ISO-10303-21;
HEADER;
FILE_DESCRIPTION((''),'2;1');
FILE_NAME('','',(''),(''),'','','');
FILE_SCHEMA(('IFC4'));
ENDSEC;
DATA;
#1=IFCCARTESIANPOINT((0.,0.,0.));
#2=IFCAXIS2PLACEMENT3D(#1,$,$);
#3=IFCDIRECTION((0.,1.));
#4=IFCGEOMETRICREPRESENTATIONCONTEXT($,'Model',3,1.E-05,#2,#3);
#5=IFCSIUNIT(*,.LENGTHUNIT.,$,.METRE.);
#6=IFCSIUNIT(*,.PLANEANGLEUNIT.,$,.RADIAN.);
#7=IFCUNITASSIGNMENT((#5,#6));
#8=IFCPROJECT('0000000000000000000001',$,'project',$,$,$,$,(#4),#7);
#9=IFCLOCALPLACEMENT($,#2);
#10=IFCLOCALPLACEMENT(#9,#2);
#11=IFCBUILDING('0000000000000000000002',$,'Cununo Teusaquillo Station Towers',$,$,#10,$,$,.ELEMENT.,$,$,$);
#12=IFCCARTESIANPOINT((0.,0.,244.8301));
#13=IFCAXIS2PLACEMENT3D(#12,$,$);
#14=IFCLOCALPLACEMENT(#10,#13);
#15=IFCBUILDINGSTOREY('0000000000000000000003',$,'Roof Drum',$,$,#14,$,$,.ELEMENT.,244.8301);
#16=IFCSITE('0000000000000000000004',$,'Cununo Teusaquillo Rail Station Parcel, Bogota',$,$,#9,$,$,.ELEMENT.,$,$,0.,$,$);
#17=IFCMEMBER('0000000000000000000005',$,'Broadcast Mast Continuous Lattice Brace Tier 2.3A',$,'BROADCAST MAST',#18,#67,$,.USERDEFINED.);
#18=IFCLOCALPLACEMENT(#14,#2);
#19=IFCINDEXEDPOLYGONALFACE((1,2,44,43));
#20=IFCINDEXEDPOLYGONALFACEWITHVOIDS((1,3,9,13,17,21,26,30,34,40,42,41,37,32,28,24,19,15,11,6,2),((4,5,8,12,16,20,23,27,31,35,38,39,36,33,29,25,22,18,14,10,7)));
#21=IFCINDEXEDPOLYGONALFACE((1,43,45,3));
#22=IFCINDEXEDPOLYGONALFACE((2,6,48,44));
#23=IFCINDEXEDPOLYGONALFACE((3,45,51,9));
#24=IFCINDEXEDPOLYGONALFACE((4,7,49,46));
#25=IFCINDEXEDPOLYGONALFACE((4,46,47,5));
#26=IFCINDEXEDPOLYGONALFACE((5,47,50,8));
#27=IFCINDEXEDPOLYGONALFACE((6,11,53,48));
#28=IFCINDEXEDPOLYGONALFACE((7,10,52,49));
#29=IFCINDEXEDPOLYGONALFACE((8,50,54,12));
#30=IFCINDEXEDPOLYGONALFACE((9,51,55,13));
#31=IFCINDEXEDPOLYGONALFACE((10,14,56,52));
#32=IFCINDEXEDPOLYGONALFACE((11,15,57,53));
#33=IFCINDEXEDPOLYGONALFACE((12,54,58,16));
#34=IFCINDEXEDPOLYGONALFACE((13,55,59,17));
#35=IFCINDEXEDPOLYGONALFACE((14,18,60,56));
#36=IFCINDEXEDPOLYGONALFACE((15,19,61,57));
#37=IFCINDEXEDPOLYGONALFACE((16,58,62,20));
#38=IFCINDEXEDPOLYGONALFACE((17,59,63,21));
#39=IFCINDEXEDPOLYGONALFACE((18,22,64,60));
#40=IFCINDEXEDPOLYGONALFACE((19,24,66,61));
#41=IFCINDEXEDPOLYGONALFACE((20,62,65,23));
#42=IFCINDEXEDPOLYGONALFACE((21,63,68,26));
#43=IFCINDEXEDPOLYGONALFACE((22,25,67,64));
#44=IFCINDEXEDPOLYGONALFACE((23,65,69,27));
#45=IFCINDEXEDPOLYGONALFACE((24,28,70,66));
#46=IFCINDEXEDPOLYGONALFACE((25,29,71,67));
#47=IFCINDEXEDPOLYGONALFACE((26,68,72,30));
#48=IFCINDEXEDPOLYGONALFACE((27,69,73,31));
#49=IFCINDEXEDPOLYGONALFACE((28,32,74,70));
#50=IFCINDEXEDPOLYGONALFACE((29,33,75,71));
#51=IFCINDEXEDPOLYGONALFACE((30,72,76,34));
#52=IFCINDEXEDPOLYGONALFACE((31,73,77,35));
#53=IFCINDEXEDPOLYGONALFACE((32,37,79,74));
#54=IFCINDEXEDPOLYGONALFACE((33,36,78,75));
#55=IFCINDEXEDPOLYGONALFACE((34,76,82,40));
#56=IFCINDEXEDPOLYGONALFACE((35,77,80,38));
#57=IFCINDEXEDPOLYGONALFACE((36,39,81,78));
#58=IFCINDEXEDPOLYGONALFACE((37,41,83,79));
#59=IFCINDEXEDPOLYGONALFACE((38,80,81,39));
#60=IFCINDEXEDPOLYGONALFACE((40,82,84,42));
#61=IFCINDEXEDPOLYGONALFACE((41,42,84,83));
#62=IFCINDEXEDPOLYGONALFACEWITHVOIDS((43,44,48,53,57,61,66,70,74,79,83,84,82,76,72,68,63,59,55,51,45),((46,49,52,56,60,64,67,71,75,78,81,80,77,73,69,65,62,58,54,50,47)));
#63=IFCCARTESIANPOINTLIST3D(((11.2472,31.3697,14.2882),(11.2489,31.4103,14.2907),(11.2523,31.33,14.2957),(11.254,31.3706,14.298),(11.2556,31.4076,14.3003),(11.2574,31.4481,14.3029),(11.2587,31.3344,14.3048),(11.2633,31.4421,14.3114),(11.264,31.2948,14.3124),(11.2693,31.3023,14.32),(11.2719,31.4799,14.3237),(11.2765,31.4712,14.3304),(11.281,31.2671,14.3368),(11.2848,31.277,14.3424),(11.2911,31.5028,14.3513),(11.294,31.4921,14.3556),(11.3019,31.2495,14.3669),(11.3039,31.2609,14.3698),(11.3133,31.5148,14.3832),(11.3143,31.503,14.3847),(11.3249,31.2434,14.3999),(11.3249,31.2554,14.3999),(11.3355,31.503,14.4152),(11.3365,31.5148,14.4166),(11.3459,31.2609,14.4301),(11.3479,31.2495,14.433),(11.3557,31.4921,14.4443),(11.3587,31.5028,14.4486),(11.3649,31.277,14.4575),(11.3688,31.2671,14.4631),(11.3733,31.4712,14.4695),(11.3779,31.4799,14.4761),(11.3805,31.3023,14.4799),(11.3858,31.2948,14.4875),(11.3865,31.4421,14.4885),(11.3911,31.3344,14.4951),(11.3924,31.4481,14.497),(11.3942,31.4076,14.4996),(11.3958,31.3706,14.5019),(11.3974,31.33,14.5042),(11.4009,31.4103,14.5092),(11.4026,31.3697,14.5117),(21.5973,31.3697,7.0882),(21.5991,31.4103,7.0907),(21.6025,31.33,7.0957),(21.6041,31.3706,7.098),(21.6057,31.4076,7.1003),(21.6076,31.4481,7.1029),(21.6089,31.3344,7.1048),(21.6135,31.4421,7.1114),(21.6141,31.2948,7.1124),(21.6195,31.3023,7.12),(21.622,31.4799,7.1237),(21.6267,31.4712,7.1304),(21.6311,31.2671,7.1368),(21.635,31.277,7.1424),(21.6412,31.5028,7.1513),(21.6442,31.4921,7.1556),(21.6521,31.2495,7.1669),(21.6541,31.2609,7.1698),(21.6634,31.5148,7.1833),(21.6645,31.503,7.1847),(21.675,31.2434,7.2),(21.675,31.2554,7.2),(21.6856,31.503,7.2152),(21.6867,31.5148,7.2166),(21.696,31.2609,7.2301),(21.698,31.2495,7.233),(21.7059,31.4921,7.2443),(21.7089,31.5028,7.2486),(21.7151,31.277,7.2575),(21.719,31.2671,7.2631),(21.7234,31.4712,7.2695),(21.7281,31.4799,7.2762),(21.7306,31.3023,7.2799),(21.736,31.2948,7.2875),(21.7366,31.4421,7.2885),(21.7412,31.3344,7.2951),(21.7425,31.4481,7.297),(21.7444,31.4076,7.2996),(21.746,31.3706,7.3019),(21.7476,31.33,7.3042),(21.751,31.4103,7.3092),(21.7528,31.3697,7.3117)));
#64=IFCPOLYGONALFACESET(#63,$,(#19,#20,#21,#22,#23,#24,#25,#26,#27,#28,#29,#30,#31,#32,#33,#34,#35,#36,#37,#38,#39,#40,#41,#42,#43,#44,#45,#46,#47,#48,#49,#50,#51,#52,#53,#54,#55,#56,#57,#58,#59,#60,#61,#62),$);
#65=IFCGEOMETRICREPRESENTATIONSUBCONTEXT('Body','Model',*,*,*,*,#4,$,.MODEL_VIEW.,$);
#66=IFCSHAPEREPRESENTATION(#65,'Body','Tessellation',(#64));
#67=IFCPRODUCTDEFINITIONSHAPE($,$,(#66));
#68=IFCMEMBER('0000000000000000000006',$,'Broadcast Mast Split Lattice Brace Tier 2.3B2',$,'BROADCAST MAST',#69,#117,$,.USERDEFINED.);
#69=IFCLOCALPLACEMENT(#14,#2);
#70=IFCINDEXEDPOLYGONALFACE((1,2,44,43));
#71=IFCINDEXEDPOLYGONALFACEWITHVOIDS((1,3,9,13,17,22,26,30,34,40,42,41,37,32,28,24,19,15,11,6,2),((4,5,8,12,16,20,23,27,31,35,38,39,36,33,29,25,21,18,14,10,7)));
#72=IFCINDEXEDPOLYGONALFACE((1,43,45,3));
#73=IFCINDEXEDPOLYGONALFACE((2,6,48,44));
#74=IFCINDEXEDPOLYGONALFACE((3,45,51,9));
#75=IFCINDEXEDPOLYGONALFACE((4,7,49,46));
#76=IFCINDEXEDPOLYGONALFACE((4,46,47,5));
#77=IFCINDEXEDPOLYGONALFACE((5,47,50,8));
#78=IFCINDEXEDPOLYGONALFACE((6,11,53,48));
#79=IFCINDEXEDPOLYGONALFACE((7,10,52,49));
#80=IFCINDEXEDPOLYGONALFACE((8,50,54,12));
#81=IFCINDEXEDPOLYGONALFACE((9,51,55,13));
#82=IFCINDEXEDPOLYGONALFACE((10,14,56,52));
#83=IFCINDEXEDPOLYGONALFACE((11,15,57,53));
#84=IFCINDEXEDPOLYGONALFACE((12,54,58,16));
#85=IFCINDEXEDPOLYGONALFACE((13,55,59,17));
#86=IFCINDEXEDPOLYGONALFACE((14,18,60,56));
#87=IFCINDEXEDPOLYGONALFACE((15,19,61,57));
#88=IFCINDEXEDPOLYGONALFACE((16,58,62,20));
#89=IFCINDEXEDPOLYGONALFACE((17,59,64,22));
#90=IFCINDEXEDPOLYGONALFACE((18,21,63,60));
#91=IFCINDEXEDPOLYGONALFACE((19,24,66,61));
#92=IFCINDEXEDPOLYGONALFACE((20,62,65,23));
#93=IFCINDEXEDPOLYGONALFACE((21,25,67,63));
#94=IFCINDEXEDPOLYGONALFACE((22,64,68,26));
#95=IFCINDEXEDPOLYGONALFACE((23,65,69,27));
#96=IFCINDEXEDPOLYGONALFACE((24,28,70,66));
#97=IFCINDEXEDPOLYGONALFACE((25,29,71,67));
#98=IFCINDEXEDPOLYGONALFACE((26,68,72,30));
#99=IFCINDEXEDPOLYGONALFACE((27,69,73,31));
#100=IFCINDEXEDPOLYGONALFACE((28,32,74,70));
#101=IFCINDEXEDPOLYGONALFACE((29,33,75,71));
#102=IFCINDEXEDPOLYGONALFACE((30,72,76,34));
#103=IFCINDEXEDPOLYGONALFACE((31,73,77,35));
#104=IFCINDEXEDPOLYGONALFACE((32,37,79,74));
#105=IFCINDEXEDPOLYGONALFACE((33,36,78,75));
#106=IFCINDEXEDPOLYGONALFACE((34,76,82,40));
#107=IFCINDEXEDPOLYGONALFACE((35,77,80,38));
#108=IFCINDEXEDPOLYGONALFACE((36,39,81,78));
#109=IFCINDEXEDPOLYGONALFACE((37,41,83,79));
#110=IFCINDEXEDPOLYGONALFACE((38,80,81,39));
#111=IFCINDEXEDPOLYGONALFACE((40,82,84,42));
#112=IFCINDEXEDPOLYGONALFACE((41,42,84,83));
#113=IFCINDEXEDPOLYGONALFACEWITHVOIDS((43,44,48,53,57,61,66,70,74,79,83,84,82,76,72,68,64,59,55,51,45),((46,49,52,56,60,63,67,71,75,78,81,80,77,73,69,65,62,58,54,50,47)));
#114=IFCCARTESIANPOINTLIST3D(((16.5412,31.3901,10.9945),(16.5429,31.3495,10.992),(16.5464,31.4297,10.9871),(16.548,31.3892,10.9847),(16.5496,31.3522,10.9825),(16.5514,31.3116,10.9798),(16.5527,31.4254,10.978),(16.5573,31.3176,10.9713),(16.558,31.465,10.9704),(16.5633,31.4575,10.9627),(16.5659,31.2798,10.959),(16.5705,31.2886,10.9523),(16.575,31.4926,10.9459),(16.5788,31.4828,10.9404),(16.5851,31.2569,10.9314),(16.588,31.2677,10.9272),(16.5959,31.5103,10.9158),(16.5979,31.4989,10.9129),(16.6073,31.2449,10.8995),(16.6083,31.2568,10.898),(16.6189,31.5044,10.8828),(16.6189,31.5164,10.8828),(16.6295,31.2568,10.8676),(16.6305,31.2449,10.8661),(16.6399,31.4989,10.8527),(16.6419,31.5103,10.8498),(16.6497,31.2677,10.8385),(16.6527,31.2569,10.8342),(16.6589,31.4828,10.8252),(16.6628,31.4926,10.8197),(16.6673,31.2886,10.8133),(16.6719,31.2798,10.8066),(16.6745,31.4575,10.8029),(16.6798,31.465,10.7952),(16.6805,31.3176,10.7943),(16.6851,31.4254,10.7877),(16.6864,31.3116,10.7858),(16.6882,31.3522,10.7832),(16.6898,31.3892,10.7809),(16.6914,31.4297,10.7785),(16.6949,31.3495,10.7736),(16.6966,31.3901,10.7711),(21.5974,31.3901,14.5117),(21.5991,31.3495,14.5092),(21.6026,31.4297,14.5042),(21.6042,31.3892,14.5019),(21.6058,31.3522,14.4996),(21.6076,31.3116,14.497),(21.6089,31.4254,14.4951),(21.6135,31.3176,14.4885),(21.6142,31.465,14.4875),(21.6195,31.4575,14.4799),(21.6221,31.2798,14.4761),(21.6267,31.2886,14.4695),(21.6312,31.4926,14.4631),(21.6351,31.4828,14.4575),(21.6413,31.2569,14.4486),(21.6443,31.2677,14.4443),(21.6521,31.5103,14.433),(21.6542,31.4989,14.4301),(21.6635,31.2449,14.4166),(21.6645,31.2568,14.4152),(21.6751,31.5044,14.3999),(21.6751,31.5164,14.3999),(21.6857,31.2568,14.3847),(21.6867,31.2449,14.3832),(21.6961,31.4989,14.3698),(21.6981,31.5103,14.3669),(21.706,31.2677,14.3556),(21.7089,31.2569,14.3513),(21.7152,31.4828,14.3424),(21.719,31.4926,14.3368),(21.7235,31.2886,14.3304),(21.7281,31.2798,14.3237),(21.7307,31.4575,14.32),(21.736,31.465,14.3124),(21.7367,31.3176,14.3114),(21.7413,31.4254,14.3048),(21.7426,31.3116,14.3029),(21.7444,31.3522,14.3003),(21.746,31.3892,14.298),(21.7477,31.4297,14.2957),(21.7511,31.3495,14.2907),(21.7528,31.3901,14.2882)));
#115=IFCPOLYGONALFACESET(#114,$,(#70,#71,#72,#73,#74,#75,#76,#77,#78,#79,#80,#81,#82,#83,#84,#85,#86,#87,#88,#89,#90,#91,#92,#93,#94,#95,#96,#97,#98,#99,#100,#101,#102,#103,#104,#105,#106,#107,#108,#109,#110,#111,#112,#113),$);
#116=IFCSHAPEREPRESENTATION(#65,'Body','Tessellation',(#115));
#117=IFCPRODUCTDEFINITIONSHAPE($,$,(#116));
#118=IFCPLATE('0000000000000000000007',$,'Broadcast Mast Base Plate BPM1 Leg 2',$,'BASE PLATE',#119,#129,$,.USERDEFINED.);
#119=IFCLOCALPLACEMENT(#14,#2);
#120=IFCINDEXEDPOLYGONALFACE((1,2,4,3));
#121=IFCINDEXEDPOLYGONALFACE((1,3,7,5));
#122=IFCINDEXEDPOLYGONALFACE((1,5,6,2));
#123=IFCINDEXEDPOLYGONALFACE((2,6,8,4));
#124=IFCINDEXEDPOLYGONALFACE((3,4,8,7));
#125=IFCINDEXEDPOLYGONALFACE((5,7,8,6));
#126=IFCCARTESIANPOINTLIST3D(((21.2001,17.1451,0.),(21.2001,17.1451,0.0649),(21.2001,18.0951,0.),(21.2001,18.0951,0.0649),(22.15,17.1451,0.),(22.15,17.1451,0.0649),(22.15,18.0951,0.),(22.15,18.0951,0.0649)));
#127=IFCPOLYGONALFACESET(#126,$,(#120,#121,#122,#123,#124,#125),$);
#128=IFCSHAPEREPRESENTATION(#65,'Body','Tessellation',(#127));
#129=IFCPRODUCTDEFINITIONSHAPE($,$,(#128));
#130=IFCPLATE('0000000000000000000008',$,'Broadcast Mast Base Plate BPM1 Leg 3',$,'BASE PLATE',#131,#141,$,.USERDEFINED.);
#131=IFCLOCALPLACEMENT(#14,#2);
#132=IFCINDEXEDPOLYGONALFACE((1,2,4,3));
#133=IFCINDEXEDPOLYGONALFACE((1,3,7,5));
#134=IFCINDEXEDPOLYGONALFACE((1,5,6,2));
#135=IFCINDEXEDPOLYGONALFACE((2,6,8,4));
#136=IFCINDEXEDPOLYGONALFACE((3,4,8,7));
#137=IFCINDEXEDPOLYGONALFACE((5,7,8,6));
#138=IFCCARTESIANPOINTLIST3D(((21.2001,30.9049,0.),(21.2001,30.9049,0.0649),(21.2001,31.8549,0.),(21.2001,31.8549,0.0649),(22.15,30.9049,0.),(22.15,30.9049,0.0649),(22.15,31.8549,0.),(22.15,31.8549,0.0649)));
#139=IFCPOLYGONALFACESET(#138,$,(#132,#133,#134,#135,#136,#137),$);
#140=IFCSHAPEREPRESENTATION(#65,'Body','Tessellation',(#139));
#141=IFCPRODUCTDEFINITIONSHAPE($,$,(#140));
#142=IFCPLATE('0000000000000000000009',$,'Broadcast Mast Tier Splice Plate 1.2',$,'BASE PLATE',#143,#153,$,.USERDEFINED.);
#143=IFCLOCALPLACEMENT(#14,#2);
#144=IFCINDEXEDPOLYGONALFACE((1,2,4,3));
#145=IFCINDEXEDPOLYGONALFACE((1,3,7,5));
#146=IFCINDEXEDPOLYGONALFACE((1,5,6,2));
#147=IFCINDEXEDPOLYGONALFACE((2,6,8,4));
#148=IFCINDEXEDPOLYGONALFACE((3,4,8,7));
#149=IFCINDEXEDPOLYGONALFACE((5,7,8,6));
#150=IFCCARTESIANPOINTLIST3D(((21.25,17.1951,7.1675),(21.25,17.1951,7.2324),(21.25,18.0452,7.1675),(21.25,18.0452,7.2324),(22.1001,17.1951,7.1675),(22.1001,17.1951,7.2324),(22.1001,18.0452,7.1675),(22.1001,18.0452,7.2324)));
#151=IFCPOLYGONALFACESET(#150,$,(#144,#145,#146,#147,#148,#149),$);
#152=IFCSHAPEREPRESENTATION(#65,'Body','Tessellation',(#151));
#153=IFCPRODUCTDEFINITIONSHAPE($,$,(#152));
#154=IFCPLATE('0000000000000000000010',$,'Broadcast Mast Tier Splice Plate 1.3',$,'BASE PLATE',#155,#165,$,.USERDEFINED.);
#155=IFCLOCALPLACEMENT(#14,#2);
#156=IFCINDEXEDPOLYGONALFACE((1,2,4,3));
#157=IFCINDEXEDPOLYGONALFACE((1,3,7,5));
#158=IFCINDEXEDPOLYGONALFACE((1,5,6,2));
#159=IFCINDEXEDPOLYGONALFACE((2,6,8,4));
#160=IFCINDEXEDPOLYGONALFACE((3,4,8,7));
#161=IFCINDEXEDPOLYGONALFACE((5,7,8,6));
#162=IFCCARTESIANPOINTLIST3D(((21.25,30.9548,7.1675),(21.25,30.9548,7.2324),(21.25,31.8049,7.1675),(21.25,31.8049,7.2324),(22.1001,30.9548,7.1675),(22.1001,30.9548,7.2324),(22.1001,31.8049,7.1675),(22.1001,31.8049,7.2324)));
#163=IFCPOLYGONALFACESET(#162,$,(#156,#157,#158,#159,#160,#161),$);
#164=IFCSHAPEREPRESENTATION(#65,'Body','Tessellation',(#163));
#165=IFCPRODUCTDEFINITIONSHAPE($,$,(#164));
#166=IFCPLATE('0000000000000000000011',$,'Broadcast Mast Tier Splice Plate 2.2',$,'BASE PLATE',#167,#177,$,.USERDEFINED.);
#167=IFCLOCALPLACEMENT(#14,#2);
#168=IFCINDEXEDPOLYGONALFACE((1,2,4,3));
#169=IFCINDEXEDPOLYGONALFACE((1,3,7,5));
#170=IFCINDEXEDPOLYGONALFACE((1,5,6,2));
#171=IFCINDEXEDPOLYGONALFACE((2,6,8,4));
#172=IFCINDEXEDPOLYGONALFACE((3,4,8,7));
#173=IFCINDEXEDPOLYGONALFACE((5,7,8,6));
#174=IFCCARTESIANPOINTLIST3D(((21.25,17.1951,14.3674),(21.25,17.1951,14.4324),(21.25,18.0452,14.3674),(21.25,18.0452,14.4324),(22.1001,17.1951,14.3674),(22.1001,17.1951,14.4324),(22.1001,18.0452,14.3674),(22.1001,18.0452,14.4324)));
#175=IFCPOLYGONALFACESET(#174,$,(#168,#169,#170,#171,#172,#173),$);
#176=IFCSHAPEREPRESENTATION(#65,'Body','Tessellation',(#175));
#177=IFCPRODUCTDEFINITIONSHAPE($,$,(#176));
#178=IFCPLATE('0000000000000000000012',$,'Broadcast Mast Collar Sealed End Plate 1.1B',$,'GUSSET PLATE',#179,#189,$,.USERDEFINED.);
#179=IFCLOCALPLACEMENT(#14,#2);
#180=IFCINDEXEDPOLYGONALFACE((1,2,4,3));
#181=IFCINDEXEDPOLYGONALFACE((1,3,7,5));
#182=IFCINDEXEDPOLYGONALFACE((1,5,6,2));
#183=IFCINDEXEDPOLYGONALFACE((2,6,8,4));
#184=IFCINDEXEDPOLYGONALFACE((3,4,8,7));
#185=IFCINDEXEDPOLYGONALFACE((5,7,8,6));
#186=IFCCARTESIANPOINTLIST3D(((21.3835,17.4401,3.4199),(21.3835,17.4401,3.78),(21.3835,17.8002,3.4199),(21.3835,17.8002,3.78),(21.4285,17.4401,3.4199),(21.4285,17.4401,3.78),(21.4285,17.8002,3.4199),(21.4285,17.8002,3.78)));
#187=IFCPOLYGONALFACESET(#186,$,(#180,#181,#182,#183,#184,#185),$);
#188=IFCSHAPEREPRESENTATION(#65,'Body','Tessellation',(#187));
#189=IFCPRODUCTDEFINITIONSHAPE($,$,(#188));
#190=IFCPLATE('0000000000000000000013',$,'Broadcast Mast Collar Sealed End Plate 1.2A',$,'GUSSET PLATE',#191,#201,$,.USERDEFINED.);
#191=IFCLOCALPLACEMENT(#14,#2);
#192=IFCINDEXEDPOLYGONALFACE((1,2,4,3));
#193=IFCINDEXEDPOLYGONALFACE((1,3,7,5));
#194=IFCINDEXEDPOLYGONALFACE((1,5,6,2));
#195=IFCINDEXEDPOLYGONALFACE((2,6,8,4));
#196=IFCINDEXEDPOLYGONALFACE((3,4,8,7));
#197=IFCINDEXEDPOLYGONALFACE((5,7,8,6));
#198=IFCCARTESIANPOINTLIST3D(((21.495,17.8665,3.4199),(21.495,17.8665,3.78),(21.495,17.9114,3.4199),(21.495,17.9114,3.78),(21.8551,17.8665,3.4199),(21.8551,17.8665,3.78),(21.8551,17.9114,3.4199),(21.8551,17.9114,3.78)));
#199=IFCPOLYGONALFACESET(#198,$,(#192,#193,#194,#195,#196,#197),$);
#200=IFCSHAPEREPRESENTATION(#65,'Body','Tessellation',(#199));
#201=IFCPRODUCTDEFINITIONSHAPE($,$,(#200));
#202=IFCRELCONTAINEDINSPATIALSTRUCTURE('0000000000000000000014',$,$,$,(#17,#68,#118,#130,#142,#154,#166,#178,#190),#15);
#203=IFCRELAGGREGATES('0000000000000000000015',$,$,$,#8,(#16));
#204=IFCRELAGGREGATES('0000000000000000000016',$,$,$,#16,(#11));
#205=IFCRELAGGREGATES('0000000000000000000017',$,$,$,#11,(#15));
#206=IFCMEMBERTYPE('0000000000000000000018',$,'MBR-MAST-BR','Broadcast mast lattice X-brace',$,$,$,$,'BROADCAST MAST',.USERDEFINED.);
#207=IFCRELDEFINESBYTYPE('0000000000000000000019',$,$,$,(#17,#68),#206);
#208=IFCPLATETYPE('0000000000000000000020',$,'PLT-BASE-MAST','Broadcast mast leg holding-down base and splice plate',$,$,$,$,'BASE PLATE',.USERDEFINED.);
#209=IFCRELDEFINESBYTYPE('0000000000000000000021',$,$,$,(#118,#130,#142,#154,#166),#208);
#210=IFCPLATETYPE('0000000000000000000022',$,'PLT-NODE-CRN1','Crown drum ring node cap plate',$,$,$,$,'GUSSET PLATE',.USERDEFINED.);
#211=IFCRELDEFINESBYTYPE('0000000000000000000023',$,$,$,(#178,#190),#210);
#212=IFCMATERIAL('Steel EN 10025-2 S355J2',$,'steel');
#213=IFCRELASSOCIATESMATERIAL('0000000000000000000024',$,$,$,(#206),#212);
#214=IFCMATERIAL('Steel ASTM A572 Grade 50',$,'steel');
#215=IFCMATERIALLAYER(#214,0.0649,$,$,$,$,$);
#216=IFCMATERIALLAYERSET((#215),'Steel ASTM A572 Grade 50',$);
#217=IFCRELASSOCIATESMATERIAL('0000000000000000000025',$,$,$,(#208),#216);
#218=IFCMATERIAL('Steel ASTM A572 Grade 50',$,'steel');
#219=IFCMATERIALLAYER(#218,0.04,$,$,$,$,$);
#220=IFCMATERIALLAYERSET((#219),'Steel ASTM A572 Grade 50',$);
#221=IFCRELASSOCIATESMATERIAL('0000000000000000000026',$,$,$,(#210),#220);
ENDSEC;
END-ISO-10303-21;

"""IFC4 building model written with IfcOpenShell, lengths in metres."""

from ifc_helpers import new_model, si_unit, direction, frame, origin, origin_2d, place, context, subcontext, project, spatial, rectangle, hollow_circle, extrude, source, transform, mapped, material, layer, layer_set, material_profile, profile_set, type_object, element, save


model = new_model("IFC4")

# Units and contexts
model_context = context("Model", 3, precision=1e-05, world=origin(), true_north=direction((0.0, 1.0)))
body_context = subcontext(model_context, "Body", "Model", "MODEL_VIEW")
ifc_project = project(units=[si_unit("LENGTHUNIT", "METRE"), si_unit("PLANEANGLEUNIT", "RADIAN")], contexts=[model_context])

# Site, building, storey
site_placement = place(None, origin())
site = spatial("IfcSite", under=ifc_project, at=site_placement, Name="Cununo Teusaquillo Rail Station Parcel, Bogota", CompositionType="ELEMENT", RefElevation=0.0)
building_placement = place(site_placement, origin())
building = spatial("IfcBuilding", under=site, at=building_placement, Name="Cununo Teusaquillo Station Towers", CompositionType="ELEMENT")
storey_placement = place(building_placement, frame((0.0, 0.0, 244.8301)))
storey = spatial("IfcBuildingStorey", under=building, at=storey_placement, Name="Roof Drum", CompositionType="ELEMENT", Elevation=244.8301)

# Members
ifc_material_1 = material(Name="Steel EN 10025-2 S355J2", Category="steel")
ifc_material_profile_1 = material_profile(ifc_material_1, hollow_circle(Radius=0.1365, WallThickness=0.012, at=origin_2d()), Name="CHS 273x12")
ifc_profile_set_1 = profile_set([ifc_material_profile_1], Name="Steel EN 10025-2 S355J2")
member_type = type_object("IfcMemberType", Name="MBR-MAST-BR", Description="Broadcast mast lattice X-brace", ElementType="BROADCAST MAST", PredefinedType="USERDEFINED", material=ifc_profile_set_1)
member_1_placement = place(storey_placement, frame((21.675, 31.3799, 7.2), z_axis=(-0.82091, 0.0, 0.571058), x_axis=(0.0, -1.0, 0.0)))
element("IfcMember", 1, at=member_1_placement, inside=storey, type_object=member_type, Name="Broadcast Mast Continuous Lattice Brace Tier 2.3A", ObjectType="BROADCAST MAST", PredefinedType="USERDEFINED", context=body_context, shape_type="SweptSolid", body=[
    extrude(hollow_circle(Radius=0.1365, WallThickness=0.012, at=origin_2d()), origin(), (0.0, 0.0, 1.0), 12.6082),
])
member_2_placement = place(storey_placement, frame((16.6189, 31.3799, 10.8828), z_axis=(0.820923, 0.0, 0.571039), x_axis=(0.0, 1.0, 0.0)))
element("IfcMember", 2, at=member_2_placement, inside=storey, type_object=member_type, Name="Broadcast Mast Split Lattice Brace Tier 2.3B2", ObjectType="BROADCAST MAST", PredefinedType="USERDEFINED", context=body_context, shape_type="SweptSolid", body=[
    extrude(hollow_circle(Radius=0.1365, WallThickness=0.012, at=origin_2d()), origin(), (0.0, 0.0, 1.0), 6.1592),
])

# Plates
ifc_material_2 = material(Name="Steel ASTM A572 Grade 50", Category="steel")
ifc_layer_1 = layer(ifc_material_2, 0.0649)
ifc_layer_set_1 = layer_set([ifc_layer_1], Name="Steel ASTM A572 Grade 50")
plate_type_1 = type_object("IfcPlateType", Name="PLT-BASE-MAST", Description="Broadcast mast leg holding-down base and splice plate", ElementType="BASE PLATE", PredefinedType="USERDEFINED", material=ifc_layer_set_1)
shared_shape_1 = source(origin(), body_context, "Body", "SweptSolid", [
    extrude(rectangle(XDim=0.95, YDim=0.95, at=origin_2d()), origin(), (0.0, 0.0, 1.0), 0.0649),
])
for number, where, z_axis, x_axis, name in (
    (3, (21.675, 17.6201, 0.0), (0.0, 0.0, 1.0), (1.0, 0.0, 0.0), "Broadcast Mast Base Plate BPM1 Leg 2"),
    (4, (21.675, 31.3799, 0.0), (0.0, 0.0, 1.0), (1.0, 0.0, 0.0), "Broadcast Mast Base Plate BPM1 Leg 3"),
):
    element("IfcPlate", number, at=place(storey_placement, frame(where, z_axis=z_axis, x_axis=x_axis)), inside=storey, type_object=plate_type_1, Name=name, ObjectType="BASE PLATE", PredefinedType="USERDEFINED", context=body_context, shape_type="MappedRepresentation", body=[
        mapped(shared_shape_1, transform((0.0, 0.0, 0.0), x_axis=(1.0, 0.0, 0.0), y_axis=(0.0, 1.0, 0.0), z_axis=(0.0, 0.0, 1.0), scale=1.0)),
    ])
shared_shape_2 = source(origin(), body_context, "Body", "SweptSolid", [
    extrude(rectangle(XDim=0.8501, YDim=0.8501, at=origin_2d()), origin(), (0.0, 0.0, 1.0), 0.0649),
])
for number, where, z_axis, x_axis, name in (
    (5, (21.675, 17.6201, 7.1675), (0.0, 0.0, 1.0), (1.0, 0.0, 0.0), "Broadcast Mast Tier Splice Plate 1.2"),
    (6, (21.675, 31.3799, 7.1675), (0.0, 0.0, 1.0), (1.0, 0.0, 0.0), "Broadcast Mast Tier Splice Plate 1.3"),
    (7, (21.675, 17.6201, 14.3674), (0.0, 0.0, 1.0), (1.0, 0.0, 0.0), "Broadcast Mast Tier Splice Plate 2.2"),
):
    element("IfcPlate", number, at=place(storey_placement, frame(where, z_axis=z_axis, x_axis=x_axis)), inside=storey, type_object=plate_type_1, Name=name, ObjectType="BASE PLATE", PredefinedType="USERDEFINED", context=body_context, shape_type="MappedRepresentation", body=[
        mapped(shared_shape_2, transform((0.0, 0.0, 0.0), x_axis=(1.0, 0.0, 0.0), y_axis=(0.0, 1.0, 0.0), z_axis=(0.0, 0.0, 1.0), scale=1.0)),
    ])
ifc_material_3 = material(Name="Steel ASTM A572 Grade 50", Category="steel")
ifc_layer_2 = layer(ifc_material_3, 0.04)
ifc_layer_set_2 = layer_set([ifc_layer_2], Name="Steel ASTM A572 Grade 50")
plate_type_2 = type_object("IfcPlateType", Name="PLT-NODE-CRN1", Description="Crown drum ring node cap plate", ElementType="GUSSET PLATE", PredefinedType="USERDEFINED", material=ifc_layer_set_2)
shared_shape_3 = source(origin(), body_context, "Body", "SweptSolid", [
    extrude(rectangle(XDim=0.0449, YDim=0.3601, at=origin_2d()), origin(), (0.0, 0.0, 1.0), 0.3601),
])
for number, where, z_axis, x_axis, name in (
    (8, (21.406, 17.6201, 3.4199), (0.0, 0.0, 1.0), (1.0, 0.0, 0.0), "Broadcast Mast Collar Sealed End Plate 1.1B"),
    (9, (21.675, 17.8889, 3.4199), (0.0, 0.0, 1.0), (0.0, 1.0, 0.0), "Broadcast Mast Collar Sealed End Plate 1.2A"),
):
    element("IfcPlate", number, at=place(storey_placement, frame(where, z_axis=z_axis, x_axis=x_axis)), inside=storey, type_object=plate_type_2, Name=name, ObjectType="GUSSET PLATE", PredefinedType="USERDEFINED", context=body_context, shape_type="MappedRepresentation", body=[
        mapped(shared_shape_3, transform((0.0, 0.0, 0.0), x_axis=(1.0, 0.0, 0.0), y_axis=(0.0, 1.0, 0.0), z_axis=(0.0, 0.0, 1.0), scale=1.0)),
    ])

save(model, "model.ifc")
